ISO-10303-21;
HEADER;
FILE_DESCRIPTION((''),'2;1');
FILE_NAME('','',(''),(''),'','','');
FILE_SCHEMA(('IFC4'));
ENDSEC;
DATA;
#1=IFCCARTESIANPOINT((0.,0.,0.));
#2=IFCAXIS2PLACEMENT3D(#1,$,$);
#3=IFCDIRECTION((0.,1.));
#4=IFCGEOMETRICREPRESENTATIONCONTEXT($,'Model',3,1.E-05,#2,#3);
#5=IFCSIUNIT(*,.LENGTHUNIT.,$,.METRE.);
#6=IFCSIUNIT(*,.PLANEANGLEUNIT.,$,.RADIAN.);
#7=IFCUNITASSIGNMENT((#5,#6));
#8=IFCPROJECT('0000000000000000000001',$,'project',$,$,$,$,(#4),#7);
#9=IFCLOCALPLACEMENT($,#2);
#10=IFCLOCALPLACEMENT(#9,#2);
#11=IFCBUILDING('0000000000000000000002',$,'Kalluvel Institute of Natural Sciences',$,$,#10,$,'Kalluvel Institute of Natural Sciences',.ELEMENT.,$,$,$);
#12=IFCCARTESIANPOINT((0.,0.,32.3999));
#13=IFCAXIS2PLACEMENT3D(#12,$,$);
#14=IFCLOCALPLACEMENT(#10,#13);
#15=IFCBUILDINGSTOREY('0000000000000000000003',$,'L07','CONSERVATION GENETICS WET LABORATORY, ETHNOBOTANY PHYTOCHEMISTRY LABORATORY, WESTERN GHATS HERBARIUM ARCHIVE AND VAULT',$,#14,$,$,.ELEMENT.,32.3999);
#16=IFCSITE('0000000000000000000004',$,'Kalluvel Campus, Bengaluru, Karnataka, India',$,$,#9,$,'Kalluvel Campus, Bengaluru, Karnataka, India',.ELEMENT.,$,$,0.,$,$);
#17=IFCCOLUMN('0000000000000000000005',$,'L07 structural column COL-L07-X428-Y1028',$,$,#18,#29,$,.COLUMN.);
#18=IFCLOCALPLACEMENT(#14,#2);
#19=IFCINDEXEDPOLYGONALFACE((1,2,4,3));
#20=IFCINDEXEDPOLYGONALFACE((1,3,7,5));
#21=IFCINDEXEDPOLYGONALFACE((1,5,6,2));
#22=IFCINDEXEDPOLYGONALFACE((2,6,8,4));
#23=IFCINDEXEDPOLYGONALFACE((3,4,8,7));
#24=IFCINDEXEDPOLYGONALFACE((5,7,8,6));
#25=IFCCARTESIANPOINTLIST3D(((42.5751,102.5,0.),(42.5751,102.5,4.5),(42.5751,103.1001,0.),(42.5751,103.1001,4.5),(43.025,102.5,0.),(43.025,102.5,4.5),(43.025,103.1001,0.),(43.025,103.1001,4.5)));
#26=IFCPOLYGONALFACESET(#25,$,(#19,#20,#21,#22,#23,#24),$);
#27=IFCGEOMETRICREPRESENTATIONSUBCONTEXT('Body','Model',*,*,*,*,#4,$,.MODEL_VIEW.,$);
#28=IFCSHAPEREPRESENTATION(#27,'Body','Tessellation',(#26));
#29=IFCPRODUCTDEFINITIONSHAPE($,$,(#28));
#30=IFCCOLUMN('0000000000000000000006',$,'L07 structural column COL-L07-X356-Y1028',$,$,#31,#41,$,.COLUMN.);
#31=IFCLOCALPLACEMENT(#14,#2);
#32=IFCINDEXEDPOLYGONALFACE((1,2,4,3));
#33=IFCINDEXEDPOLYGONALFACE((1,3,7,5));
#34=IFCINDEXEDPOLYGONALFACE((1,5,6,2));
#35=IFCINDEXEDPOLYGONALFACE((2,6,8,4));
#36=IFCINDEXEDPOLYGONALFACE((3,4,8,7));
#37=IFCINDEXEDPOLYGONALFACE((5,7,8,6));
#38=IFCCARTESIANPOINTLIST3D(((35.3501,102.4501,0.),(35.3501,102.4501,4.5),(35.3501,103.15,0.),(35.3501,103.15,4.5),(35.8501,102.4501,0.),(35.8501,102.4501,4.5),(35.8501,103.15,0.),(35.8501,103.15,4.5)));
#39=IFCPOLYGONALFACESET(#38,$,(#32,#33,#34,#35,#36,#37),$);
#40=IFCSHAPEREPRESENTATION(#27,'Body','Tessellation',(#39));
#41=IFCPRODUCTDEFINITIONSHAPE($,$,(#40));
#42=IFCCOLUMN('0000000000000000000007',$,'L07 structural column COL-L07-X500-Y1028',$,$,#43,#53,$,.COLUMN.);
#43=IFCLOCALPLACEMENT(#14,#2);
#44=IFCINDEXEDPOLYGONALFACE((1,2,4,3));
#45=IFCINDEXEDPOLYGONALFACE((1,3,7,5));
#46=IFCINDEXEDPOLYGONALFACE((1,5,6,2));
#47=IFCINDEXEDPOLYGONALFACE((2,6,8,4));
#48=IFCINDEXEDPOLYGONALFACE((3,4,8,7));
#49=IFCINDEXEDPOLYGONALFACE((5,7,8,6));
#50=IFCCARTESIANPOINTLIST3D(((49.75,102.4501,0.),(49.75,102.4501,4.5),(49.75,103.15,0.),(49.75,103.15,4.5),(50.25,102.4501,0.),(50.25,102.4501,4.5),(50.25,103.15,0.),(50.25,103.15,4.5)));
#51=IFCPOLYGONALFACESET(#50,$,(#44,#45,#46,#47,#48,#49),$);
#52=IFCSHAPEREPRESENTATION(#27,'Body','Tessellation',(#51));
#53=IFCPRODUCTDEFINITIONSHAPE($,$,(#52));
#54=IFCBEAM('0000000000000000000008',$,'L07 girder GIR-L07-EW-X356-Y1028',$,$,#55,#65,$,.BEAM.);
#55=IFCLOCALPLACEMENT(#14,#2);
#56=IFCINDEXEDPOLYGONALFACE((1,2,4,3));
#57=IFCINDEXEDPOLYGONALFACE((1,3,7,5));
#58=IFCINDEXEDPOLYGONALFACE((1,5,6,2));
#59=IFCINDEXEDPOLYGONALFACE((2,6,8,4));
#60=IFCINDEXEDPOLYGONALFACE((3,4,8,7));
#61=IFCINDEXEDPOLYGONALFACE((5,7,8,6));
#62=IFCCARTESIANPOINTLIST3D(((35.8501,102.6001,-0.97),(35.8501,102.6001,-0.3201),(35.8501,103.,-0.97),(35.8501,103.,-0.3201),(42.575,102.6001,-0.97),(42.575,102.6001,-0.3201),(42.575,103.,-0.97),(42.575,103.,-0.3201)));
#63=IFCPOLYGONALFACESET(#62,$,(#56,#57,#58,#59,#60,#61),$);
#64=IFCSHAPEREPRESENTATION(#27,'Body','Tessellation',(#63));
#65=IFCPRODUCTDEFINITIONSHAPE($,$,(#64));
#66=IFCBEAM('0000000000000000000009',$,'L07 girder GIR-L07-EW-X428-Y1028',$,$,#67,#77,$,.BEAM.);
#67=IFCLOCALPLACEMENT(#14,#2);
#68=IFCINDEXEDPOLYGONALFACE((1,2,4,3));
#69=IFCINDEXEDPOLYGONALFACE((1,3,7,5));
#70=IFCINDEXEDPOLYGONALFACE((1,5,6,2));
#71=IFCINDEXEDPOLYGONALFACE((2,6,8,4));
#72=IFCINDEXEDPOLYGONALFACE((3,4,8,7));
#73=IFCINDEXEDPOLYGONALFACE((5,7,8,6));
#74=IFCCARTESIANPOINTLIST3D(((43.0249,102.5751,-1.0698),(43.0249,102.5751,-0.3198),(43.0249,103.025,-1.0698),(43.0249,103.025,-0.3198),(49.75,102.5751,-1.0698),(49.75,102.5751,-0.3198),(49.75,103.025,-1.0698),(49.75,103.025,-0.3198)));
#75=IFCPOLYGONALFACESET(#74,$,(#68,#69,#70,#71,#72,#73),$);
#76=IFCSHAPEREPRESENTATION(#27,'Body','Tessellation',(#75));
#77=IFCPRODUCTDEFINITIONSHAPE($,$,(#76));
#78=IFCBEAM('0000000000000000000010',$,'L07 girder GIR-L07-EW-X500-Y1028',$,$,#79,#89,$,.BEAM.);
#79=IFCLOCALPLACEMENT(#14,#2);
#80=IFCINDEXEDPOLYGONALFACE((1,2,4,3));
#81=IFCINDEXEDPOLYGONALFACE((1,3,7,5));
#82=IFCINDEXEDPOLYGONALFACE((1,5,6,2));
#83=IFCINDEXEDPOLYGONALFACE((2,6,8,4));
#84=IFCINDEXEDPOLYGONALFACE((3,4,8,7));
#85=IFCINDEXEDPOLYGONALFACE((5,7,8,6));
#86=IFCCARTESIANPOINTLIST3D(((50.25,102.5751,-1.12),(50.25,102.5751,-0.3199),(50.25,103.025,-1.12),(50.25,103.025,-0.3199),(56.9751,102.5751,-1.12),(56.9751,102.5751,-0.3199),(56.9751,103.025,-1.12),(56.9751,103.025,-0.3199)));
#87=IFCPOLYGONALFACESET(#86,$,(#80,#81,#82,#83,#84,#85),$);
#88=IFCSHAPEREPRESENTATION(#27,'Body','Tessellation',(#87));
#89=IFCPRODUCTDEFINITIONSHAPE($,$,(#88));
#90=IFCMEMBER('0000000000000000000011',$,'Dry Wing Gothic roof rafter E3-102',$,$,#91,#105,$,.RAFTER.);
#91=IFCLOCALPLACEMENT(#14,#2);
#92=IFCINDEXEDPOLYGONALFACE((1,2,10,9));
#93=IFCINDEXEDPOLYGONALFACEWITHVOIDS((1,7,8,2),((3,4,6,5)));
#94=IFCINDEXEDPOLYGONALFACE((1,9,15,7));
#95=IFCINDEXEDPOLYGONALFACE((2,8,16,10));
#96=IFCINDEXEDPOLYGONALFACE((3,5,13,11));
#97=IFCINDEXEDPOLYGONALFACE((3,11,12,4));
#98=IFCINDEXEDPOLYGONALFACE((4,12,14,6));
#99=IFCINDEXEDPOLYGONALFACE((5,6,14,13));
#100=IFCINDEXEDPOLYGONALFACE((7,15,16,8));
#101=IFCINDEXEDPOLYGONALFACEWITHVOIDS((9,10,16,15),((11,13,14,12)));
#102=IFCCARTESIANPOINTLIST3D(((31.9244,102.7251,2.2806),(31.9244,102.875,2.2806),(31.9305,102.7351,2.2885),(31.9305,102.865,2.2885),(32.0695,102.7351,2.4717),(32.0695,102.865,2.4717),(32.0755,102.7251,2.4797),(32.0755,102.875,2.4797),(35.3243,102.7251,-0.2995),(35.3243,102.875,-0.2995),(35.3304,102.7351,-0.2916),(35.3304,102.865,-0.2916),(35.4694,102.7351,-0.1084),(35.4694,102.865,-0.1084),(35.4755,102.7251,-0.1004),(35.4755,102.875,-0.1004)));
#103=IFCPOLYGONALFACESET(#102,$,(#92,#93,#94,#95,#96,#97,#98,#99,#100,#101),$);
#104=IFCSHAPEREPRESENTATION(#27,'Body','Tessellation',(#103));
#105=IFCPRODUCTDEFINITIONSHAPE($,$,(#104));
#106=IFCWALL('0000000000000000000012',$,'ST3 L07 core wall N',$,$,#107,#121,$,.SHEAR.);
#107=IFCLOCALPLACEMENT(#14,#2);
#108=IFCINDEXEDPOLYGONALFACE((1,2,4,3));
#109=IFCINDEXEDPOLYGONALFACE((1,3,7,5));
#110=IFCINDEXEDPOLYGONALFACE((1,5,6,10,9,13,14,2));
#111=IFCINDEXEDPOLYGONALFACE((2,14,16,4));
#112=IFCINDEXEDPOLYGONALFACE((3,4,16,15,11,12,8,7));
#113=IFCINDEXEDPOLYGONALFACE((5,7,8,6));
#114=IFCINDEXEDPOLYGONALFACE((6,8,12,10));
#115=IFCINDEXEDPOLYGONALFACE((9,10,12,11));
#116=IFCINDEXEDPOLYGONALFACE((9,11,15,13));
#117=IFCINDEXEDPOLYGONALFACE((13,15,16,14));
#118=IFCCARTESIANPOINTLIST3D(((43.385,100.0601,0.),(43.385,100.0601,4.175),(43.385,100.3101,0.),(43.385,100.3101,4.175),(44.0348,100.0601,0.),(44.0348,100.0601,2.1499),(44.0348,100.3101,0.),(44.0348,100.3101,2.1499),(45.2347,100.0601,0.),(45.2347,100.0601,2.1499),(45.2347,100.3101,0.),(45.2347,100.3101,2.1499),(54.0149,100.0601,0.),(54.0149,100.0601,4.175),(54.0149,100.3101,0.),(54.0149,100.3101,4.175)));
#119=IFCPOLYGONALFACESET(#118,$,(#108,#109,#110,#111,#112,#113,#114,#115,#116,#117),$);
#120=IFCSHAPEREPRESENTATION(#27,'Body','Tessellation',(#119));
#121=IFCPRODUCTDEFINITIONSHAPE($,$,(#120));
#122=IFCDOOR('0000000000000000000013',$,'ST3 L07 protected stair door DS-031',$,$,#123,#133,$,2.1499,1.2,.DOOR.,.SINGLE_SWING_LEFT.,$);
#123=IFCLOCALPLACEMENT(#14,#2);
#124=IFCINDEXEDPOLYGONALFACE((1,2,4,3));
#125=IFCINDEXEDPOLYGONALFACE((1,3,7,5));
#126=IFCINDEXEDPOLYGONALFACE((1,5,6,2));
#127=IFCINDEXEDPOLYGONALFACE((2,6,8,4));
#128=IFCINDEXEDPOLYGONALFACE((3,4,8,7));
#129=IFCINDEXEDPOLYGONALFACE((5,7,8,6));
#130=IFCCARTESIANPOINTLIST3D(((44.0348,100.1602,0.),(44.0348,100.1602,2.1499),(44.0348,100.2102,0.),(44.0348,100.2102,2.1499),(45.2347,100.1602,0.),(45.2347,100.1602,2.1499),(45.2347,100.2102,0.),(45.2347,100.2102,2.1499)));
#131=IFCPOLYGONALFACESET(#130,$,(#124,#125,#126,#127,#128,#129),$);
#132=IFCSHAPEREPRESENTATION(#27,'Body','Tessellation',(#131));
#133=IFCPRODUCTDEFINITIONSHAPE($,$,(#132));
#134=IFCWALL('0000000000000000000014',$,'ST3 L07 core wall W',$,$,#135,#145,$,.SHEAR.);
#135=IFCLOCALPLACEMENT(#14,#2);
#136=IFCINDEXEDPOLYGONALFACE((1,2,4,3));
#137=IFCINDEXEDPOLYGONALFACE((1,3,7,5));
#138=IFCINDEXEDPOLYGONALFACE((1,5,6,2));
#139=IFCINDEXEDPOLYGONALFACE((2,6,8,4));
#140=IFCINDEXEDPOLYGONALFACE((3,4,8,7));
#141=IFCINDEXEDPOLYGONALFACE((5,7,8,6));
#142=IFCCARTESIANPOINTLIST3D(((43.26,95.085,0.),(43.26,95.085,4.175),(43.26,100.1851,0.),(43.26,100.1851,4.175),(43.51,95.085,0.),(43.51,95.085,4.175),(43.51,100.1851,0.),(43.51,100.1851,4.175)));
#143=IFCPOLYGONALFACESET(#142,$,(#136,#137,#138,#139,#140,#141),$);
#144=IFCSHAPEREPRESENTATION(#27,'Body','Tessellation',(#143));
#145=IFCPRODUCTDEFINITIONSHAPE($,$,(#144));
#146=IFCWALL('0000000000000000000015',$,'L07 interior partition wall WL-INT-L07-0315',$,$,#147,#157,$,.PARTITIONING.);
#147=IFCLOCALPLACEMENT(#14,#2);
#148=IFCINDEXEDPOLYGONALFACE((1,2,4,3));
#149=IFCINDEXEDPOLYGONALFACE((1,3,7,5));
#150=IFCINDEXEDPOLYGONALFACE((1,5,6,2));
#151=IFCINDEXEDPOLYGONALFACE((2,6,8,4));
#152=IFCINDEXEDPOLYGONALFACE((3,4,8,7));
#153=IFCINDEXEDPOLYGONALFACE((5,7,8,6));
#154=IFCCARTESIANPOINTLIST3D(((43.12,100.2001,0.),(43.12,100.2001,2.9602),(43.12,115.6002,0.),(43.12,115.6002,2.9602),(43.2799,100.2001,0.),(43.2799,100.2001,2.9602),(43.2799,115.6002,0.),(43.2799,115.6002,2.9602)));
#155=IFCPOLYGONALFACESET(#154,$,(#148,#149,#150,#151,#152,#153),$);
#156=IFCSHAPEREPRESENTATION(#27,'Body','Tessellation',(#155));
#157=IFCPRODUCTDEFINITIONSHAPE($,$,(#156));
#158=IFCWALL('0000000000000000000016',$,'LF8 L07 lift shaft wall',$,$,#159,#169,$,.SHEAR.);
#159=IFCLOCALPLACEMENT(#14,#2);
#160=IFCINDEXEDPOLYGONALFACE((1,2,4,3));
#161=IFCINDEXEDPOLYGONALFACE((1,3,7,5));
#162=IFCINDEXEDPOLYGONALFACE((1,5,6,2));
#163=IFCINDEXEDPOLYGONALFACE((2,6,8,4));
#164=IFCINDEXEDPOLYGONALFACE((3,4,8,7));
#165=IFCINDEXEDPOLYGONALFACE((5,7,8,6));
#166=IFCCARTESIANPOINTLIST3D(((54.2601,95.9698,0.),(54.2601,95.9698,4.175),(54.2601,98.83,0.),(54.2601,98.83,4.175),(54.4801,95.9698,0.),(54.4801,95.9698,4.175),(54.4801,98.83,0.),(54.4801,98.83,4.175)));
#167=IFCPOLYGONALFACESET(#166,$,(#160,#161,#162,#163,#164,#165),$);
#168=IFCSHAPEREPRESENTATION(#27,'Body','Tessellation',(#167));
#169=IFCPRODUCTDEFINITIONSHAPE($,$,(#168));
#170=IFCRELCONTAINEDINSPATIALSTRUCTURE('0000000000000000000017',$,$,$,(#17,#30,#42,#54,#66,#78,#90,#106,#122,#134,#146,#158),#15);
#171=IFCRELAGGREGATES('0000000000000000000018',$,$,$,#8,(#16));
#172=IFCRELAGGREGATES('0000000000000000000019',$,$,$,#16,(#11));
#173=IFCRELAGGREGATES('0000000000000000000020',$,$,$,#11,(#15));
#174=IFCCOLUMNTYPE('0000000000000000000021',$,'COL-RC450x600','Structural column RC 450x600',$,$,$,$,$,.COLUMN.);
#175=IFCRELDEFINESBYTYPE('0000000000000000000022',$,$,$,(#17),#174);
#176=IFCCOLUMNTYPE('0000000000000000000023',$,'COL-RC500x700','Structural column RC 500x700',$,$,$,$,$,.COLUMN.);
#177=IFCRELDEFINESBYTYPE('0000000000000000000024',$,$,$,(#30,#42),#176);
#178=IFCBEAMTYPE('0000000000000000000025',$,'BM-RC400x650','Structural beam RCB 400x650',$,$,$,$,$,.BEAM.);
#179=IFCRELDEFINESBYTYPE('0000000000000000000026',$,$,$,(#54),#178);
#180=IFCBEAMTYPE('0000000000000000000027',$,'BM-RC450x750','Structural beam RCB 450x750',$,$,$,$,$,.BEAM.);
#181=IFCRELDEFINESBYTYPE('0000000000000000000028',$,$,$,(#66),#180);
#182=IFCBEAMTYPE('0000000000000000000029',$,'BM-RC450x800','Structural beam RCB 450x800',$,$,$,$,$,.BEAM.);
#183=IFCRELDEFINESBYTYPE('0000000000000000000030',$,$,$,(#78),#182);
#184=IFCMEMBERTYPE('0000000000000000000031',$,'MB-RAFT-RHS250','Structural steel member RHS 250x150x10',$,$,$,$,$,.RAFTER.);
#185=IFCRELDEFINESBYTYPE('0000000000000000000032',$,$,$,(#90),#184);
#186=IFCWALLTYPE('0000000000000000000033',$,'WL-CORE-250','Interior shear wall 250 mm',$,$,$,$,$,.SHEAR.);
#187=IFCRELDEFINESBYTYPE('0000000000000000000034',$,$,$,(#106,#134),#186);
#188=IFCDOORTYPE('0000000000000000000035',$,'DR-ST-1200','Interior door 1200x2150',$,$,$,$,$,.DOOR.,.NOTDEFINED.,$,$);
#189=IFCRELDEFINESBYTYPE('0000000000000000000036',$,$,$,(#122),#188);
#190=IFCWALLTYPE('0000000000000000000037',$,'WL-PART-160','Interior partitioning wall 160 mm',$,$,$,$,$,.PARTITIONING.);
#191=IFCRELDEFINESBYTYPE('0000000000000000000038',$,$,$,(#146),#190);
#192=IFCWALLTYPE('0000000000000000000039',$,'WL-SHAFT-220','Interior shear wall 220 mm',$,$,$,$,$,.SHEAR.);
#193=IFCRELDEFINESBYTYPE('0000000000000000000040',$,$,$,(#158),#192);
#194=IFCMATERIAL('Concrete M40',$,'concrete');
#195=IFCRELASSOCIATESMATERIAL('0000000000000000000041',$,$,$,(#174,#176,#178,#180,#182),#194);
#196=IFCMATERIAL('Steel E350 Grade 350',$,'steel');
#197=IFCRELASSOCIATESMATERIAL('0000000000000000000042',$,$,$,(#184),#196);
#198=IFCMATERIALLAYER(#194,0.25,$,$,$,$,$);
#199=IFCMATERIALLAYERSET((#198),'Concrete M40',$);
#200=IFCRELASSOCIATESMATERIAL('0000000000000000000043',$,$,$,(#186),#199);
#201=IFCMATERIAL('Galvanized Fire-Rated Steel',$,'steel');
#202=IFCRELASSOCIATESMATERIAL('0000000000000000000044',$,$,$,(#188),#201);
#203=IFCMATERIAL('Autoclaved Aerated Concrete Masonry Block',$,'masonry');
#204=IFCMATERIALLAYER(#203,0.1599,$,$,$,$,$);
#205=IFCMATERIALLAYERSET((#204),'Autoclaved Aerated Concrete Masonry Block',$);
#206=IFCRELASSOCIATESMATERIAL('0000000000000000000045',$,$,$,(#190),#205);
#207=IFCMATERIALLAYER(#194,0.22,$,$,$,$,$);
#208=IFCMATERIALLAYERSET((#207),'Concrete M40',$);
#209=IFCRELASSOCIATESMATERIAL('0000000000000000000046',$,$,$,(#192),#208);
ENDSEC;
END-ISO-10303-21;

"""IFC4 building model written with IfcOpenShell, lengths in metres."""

from ifc_helpers import new_model, si_unit, direction, frame, frame_2d, origin, origin_2d, place, context, subcontext, project, spatial, rectangle, hollow_rectangle, extrude, material, layer, layer_set, material_profile, profile_set, type_object, element, fill, save


model = new_model("IFC4")

# Units and contexts
model_context = context("Model", 3, precision=1e-05, world=origin(), true_north=direction((0.0, 1.0)))
body_context = subcontext(model_context, "Body", "Model", "MODEL_VIEW")
ifc_project = project(units=[si_unit("LENGTHUNIT", "METRE"), si_unit("PLANEANGLEUNIT", "RADIAN")], contexts=[model_context])

# Site, building, storey
site_placement = place(None, origin())
site = spatial("IfcSite", under=ifc_project, at=site_placement, Name="Kalluvel Campus, Bengaluru, Karnataka, India", LongName="Kalluvel Campus, Bengaluru, Karnataka, India", CompositionType="ELEMENT", RefElevation=0.0)
building_placement = place(site_placement, origin())
building = spatial("IfcBuilding", under=site, at=building_placement, Name="Kalluvel Institute of Natural Sciences", LongName="Kalluvel Institute of Natural Sciences", CompositionType="ELEMENT")
storey_placement = place(building_placement, frame((0.0, 0.0, 32.3999)))
storey = spatial("IfcBuildingStorey", under=building, at=storey_placement, Name="L07", Description="CONSERVATION GENETICS WET LABORATORY, ETHNOBOTANY PHYTOCHEMISTRY LABORATORY, WESTERN GHATS HERBARIUM ARCHIVE AND VAULT", CompositionType="ELEMENT", Elevation=32.3999)

# Columns
ifc_material_1 = material(Name="Concrete M40", Category="concrete")
ifc_material_profile_1 = material_profile(ifc_material_1, rectangle(XDim=0.45, YDim=0.6001, at=origin_2d()), Name="RC 450x600")
ifc_profile_set_1 = profile_set([ifc_material_profile_1], Name="Concrete M40")
column_type_1 = type_object("IfcColumnType", Name="COL-RC450x600", Description="Structural column RC 450x600", PredefinedType="COLUMN", material=ifc_profile_set_1)
column_placement = place(storey_placement, frame((42.8, 102.8, 0.0), z_axis=(0.0, 0.0, 1.0), x_axis=(1.0, 0.0, 0.0)))
element("IfcColumn", 1, at=column_placement, inside=storey, type_object=column_type_1, Name="L07 structural column COL-L07-X428-Y1028", PredefinedType="COLUMN", context=body_context, shape_type="SweptSolid", body=[
    extrude(rectangle(XDim=0.45, YDim=0.6001, at=origin_2d()), origin(), (0.0, 0.0, 1.0), 4.5),
])
ifc_material_profile_2 = material_profile(ifc_material_1, rectangle(XDim=0.5, YDim=0.7, at=origin_2d()), Name="RC 500x700")
ifc_profile_set_2 = profile_set([ifc_material_profile_2], Name="Concrete M40")
column_type_2 = type_object("IfcColumnType", Name="COL-RC500x700", Description="Structural column RC 500x700", PredefinedType="COLUMN", material=ifc_profile_set_2)
for number, where, z_axis, x_axis, name in (
    (2, (35.6001, 102.8, 0.0), (0.0, 0.0, 1.0), (1.0, 0.0, 0.0), "L07 structural column COL-L07-X356-Y1028"),
    (3, (50.0, 102.8, 0.0), (0.0, 0.0, 1.0), (1.0, 0.0, 0.0), "L07 structural column COL-L07-X500-Y1028"),
):
    element("IfcColumn", number, at=place(storey_placement, frame(where, z_axis=z_axis, x_axis=x_axis)), inside=storey, type_object=column_type_2, Name=name, PredefinedType="COLUMN", context=body_context, shape_type="SweptSolid", body=[
        extrude(rectangle(XDim=0.5, YDim=0.7, at=origin_2d()), origin(), (0.0, 0.0, 1.0), 4.5),
    ])

# Beams
ifc_material_profile_3 = material_profile(ifc_material_1, rectangle(XDim=0.3999, YDim=0.6499, at=origin_2d()), Name="RCB 400x650")
ifc_profile_set_3 = profile_set([ifc_material_profile_3], Name="Concrete M40")
beam_type_1 = type_object("IfcBeamType", Name="BM-RC400x650", Description="Structural beam RCB 400x650", PredefinedType="BEAM", material=ifc_profile_set_3)
beam_1_placement = place(storey_placement, frame((35.8501, 102.8, -0.645), z_axis=(1.0, 0.0, 0.0), x_axis=(0.0, 1.0, 0.0)))
element("IfcBeam", 4, at=beam_1_placement, inside=storey, type_object=beam_type_1, Name="L07 girder GIR-L07-EW-X356-Y1028", PredefinedType="BEAM", context=body_context, shape_type="SweptSolid", body=[
    extrude(rectangle(XDim=0.3999, YDim=0.6499, at=origin_2d()), origin(), (0.0, 0.0, 1.0), 6.7249),
])
ifc_material_profile_4 = material_profile(ifc_material_1, rectangle(XDim=0.45, YDim=0.75, at=origin_2d()), Name="RCB 450x750")
ifc_profile_set_4 = profile_set([ifc_material_profile_4], Name="Concrete M40")
beam_type_2 = type_object("IfcBeamType", Name="BM-RC450x750", Description="Structural beam RCB 450x750", PredefinedType="BEAM", material=ifc_profile_set_4)
beam_2_placement = place(storey_placement, frame((43.0249, 102.8, -0.6948), z_axis=(1.0, 0.0, 0.0), x_axis=(0.0, 1.0, 0.0)))
element("IfcBeam", 5, at=beam_2_placement, inside=storey, type_object=beam_type_2, Name="L07 girder GIR-L07-EW-X428-Y1028", PredefinedType="BEAM", context=body_context, shape_type="SweptSolid", body=[
    extrude(rectangle(XDim=0.45, YDim=0.75, at=origin_2d()), origin(), (0.0, 0.0, 1.0), 6.7251),
])
ifc_material_profile_5 = material_profile(ifc_material_1, rectangle(XDim=0.45, YDim=0.8, at=origin_2d()), Name="RCB 450x800")
ifc_profile_set_5 = profile_set([ifc_material_profile_5], Name="Concrete M40")
beam_type_3 = type_object("IfcBeamType", Name="BM-RC450x800", Description="Structural beam RCB 450x800", PredefinedType="BEAM", material=ifc_profile_set_5)
beam_3_placement = place(storey_placement, frame((50.25, 102.8, -0.72), z_axis=(1.0, 0.0, 0.0), x_axis=(0.0, 1.0, 0.0)))
element("IfcBeam", 6, at=beam_3_placement, inside=storey, type_object=beam_type_3, Name="L07 girder GIR-L07-EW-X500-Y1028", PredefinedType="BEAM", context=body_context, shape_type="SweptSolid", body=[
    extrude(rectangle(XDim=0.45, YDim=0.8, at=origin_2d()), origin(), (0.0, 0.0, 1.0), 6.7251),
])

# Member
ifc_material_2 = material(Name="Steel E350 Grade 350", Category="steel")
ifc_material_profile_6 = material_profile(ifc_material_2, hollow_rectangle(XDim=0.1499, YDim=0.25, WallThickness=0.01, at=origin_2d()), Name="RHS 250x150x10")
ifc_profile_set_6 = profile_set([ifc_material_profile_6], Name="Steel E350 Grade 350")
member_type = type_object("IfcMemberType", Name="MB-RAFT-RHS250", Description="Structural steel member RHS 250x150x10", PredefinedType="RAFTER", material=ifc_profile_set_6)
member_placement = place(storey_placement, frame((35.3999, 102.8, -0.2), z_axis=(-0.796596, 0.0, 0.604512), x_axis=(0.0, -1.0, 0.0)))
element("IfcMember", 7, at=member_placement, inside=storey, type_object=member_type, Name="Dry Wing Gothic roof rafter E3-102", PredefinedType="RAFTER", context=body_context, shape_type="SweptSolid", body=[
    extrude(hollow_rectangle(XDim=0.1499, YDim=0.25, WallThickness=0.01, at=origin_2d()), origin(), (0.0, 0.0, 1.0), 4.2681),
])

# Wall, opening, door
ifc_layer_1 = layer(ifc_material_1, 0.25)
ifc_layer_set_1 = layer_set([ifc_layer_1], Name="Concrete M40")
wall_type_1 = type_object("IfcWallType", Name="WL-CORE-250", Description="Interior shear wall 250 mm", PredefinedType="SHEAR", material=ifc_layer_set_1)
wall_1_placement = place(storey_placement, frame((54.0149, 100.1851, 0.0), z_axis=(0.0, 0.0, 1.0), x_axis=(-1.0, 0.0, 0.0)))
wall_1 = element("IfcWall", 8, at=wall_1_placement, inside=storey, type_object=wall_type_1, Name="ST3 L07 core wall N", PredefinedType="SHEAR", context=body_context, shape_type="SweptSolid", body=[
    extrude(rectangle(XDim=10.6299, YDim=0.25, at=frame_2d((5.3149, 0.0))), origin(), (0.0, 0.0, 1.0), 4.175),
])
opening_1_placement = place(wall_1_placement, frame((8.78, 0.0, 0.0)))
opening_1 = element("IfcOpeningElement", 9, at=opening_1_placement, cuts=wall_1, PredefinedType="OPENING", context=body_context, shape_type="SweptSolid", body=[
    extrude(rectangle(XDim=1.2, YDim=2.1499, at=frame_2d((0.6001, 1.075))), frame((0.0, 0.135, 0.0), z_axis=(0.0, -1.0, 0.0), x_axis=(1.0, 0.0, 0.0)), (0.0, 0.0, 1.0), 0.27),
])
ifc_material_3 = material(Name="Galvanized Fire-Rated Steel", Category="steel")
door_type_1 = type_object("IfcDoorType", Name="DR-ST-1200", Description="Interior door 1200x2150", OperationType="NOTDEFINED", PredefinedType="DOOR", material=ifc_material_3)
door_1_placement = place(opening_1_placement, origin())
door_1 = element("IfcDoor", 10, at=door_1_placement, inside=storey, type_object=door_type_1, Name="ST3 L07 protected stair door DS-031", OperationType="SINGLE_SWING_LEFT", OverallHeight=2.1499, OverallWidth=1.2, PredefinedType="DOOR", context=body_context, shape_type="SweptSolid", body=[
    extrude(rectangle(XDim=1.2, YDim=2.1499, at=frame_2d((0.6001, 1.075))), frame((0.0, 0.0249, 0.0), z_axis=(0.0, -1.0, 0.0), x_axis=(1.0, 0.0, 0.0)), (0.0, 0.0, 1.0), 0.05),
])
fill(opening_1, door_1)

# Wall
wall_2_placement = place(storey_placement, frame((43.385, 100.1851, 0.0), z_axis=(0.0, 0.0, 1.0), x_axis=(0.0, -1.0, 0.0)))
element("IfcWall", 11, at=wall_2_placement, inside=storey, type_object=wall_type_1, Name="ST3 L07 core wall W", PredefinedType="SHEAR", context=body_context, shape_type="SweptSolid", body=[
    extrude(rectangle(XDim=5.1001, YDim=0.25, at=frame_2d((2.55, 0.0))), origin(), (0.0, 0.0, 1.0), 4.175),
])

# Shared definitions
ifc_material_4 = material(Name="Autoclaved Aerated Concrete Masonry Block", Category="masonry")

# Walls
ifc_layer_2 = layer(ifc_material_4, 0.1599)
ifc_layer_set_2 = layer_set([ifc_layer_2], Name="Autoclaved Aerated Concrete Masonry Block")
wall_type_2 = type_object("IfcWallType", Name="WL-PART-160", Description="Interior partitioning wall 160 mm", PredefinedType="PARTITIONING", material=ifc_layer_set_2)
wall_3_placement = place(storey_placement, frame((43.2, 100.2, 0.0), z_axis=(0.0, 0.0, 1.0), x_axis=(0.0, 1.0, 0.0)))
element("IfcWall", 12, at=wall_3_placement, inside=storey, type_object=wall_type_2, Name="L07 interior partition wall WL-INT-L07-0315", PredefinedType="PARTITIONING", context=body_context, shape_type="SweptSolid", body=[
    extrude(rectangle(XDim=15.4001, YDim=0.1599, at=frame_2d((7.7002, 0.0))), origin(), (0.0, 0.0, 1.0), 2.9602),
])
ifc_layer_3 = layer(ifc_material_1, 0.22)
ifc_layer_set_3 = layer_set([ifc_layer_3], Name="Concrete M40")
wall_type_3 = type_object("IfcWallType", Name="WL-SHAFT-220", Description="Interior shear wall 220 mm", PredefinedType="SHEAR", material=ifc_layer_set_3)
wall_4_placement = place(storey_placement, frame((54.3701, 98.8301, 0.0), z_axis=(0.0, 0.0, 1.0), x_axis=(0.0, -1.0, 0.0)))
element("IfcWall", 13, at=wall_4_placement, inside=storey, type_object=wall_type_3, Name="LF8 L07 lift shaft wall", PredefinedType="SHEAR", context=body_context, shape_type="SweptSolid", body=[
    extrude(rectangle(XDim=2.8601, YDim=0.22, at=frame_2d((1.4302, 0.0))), origin(), (0.0, 0.0, 1.0), 4.175),
])

save(model, "model.ifc")
